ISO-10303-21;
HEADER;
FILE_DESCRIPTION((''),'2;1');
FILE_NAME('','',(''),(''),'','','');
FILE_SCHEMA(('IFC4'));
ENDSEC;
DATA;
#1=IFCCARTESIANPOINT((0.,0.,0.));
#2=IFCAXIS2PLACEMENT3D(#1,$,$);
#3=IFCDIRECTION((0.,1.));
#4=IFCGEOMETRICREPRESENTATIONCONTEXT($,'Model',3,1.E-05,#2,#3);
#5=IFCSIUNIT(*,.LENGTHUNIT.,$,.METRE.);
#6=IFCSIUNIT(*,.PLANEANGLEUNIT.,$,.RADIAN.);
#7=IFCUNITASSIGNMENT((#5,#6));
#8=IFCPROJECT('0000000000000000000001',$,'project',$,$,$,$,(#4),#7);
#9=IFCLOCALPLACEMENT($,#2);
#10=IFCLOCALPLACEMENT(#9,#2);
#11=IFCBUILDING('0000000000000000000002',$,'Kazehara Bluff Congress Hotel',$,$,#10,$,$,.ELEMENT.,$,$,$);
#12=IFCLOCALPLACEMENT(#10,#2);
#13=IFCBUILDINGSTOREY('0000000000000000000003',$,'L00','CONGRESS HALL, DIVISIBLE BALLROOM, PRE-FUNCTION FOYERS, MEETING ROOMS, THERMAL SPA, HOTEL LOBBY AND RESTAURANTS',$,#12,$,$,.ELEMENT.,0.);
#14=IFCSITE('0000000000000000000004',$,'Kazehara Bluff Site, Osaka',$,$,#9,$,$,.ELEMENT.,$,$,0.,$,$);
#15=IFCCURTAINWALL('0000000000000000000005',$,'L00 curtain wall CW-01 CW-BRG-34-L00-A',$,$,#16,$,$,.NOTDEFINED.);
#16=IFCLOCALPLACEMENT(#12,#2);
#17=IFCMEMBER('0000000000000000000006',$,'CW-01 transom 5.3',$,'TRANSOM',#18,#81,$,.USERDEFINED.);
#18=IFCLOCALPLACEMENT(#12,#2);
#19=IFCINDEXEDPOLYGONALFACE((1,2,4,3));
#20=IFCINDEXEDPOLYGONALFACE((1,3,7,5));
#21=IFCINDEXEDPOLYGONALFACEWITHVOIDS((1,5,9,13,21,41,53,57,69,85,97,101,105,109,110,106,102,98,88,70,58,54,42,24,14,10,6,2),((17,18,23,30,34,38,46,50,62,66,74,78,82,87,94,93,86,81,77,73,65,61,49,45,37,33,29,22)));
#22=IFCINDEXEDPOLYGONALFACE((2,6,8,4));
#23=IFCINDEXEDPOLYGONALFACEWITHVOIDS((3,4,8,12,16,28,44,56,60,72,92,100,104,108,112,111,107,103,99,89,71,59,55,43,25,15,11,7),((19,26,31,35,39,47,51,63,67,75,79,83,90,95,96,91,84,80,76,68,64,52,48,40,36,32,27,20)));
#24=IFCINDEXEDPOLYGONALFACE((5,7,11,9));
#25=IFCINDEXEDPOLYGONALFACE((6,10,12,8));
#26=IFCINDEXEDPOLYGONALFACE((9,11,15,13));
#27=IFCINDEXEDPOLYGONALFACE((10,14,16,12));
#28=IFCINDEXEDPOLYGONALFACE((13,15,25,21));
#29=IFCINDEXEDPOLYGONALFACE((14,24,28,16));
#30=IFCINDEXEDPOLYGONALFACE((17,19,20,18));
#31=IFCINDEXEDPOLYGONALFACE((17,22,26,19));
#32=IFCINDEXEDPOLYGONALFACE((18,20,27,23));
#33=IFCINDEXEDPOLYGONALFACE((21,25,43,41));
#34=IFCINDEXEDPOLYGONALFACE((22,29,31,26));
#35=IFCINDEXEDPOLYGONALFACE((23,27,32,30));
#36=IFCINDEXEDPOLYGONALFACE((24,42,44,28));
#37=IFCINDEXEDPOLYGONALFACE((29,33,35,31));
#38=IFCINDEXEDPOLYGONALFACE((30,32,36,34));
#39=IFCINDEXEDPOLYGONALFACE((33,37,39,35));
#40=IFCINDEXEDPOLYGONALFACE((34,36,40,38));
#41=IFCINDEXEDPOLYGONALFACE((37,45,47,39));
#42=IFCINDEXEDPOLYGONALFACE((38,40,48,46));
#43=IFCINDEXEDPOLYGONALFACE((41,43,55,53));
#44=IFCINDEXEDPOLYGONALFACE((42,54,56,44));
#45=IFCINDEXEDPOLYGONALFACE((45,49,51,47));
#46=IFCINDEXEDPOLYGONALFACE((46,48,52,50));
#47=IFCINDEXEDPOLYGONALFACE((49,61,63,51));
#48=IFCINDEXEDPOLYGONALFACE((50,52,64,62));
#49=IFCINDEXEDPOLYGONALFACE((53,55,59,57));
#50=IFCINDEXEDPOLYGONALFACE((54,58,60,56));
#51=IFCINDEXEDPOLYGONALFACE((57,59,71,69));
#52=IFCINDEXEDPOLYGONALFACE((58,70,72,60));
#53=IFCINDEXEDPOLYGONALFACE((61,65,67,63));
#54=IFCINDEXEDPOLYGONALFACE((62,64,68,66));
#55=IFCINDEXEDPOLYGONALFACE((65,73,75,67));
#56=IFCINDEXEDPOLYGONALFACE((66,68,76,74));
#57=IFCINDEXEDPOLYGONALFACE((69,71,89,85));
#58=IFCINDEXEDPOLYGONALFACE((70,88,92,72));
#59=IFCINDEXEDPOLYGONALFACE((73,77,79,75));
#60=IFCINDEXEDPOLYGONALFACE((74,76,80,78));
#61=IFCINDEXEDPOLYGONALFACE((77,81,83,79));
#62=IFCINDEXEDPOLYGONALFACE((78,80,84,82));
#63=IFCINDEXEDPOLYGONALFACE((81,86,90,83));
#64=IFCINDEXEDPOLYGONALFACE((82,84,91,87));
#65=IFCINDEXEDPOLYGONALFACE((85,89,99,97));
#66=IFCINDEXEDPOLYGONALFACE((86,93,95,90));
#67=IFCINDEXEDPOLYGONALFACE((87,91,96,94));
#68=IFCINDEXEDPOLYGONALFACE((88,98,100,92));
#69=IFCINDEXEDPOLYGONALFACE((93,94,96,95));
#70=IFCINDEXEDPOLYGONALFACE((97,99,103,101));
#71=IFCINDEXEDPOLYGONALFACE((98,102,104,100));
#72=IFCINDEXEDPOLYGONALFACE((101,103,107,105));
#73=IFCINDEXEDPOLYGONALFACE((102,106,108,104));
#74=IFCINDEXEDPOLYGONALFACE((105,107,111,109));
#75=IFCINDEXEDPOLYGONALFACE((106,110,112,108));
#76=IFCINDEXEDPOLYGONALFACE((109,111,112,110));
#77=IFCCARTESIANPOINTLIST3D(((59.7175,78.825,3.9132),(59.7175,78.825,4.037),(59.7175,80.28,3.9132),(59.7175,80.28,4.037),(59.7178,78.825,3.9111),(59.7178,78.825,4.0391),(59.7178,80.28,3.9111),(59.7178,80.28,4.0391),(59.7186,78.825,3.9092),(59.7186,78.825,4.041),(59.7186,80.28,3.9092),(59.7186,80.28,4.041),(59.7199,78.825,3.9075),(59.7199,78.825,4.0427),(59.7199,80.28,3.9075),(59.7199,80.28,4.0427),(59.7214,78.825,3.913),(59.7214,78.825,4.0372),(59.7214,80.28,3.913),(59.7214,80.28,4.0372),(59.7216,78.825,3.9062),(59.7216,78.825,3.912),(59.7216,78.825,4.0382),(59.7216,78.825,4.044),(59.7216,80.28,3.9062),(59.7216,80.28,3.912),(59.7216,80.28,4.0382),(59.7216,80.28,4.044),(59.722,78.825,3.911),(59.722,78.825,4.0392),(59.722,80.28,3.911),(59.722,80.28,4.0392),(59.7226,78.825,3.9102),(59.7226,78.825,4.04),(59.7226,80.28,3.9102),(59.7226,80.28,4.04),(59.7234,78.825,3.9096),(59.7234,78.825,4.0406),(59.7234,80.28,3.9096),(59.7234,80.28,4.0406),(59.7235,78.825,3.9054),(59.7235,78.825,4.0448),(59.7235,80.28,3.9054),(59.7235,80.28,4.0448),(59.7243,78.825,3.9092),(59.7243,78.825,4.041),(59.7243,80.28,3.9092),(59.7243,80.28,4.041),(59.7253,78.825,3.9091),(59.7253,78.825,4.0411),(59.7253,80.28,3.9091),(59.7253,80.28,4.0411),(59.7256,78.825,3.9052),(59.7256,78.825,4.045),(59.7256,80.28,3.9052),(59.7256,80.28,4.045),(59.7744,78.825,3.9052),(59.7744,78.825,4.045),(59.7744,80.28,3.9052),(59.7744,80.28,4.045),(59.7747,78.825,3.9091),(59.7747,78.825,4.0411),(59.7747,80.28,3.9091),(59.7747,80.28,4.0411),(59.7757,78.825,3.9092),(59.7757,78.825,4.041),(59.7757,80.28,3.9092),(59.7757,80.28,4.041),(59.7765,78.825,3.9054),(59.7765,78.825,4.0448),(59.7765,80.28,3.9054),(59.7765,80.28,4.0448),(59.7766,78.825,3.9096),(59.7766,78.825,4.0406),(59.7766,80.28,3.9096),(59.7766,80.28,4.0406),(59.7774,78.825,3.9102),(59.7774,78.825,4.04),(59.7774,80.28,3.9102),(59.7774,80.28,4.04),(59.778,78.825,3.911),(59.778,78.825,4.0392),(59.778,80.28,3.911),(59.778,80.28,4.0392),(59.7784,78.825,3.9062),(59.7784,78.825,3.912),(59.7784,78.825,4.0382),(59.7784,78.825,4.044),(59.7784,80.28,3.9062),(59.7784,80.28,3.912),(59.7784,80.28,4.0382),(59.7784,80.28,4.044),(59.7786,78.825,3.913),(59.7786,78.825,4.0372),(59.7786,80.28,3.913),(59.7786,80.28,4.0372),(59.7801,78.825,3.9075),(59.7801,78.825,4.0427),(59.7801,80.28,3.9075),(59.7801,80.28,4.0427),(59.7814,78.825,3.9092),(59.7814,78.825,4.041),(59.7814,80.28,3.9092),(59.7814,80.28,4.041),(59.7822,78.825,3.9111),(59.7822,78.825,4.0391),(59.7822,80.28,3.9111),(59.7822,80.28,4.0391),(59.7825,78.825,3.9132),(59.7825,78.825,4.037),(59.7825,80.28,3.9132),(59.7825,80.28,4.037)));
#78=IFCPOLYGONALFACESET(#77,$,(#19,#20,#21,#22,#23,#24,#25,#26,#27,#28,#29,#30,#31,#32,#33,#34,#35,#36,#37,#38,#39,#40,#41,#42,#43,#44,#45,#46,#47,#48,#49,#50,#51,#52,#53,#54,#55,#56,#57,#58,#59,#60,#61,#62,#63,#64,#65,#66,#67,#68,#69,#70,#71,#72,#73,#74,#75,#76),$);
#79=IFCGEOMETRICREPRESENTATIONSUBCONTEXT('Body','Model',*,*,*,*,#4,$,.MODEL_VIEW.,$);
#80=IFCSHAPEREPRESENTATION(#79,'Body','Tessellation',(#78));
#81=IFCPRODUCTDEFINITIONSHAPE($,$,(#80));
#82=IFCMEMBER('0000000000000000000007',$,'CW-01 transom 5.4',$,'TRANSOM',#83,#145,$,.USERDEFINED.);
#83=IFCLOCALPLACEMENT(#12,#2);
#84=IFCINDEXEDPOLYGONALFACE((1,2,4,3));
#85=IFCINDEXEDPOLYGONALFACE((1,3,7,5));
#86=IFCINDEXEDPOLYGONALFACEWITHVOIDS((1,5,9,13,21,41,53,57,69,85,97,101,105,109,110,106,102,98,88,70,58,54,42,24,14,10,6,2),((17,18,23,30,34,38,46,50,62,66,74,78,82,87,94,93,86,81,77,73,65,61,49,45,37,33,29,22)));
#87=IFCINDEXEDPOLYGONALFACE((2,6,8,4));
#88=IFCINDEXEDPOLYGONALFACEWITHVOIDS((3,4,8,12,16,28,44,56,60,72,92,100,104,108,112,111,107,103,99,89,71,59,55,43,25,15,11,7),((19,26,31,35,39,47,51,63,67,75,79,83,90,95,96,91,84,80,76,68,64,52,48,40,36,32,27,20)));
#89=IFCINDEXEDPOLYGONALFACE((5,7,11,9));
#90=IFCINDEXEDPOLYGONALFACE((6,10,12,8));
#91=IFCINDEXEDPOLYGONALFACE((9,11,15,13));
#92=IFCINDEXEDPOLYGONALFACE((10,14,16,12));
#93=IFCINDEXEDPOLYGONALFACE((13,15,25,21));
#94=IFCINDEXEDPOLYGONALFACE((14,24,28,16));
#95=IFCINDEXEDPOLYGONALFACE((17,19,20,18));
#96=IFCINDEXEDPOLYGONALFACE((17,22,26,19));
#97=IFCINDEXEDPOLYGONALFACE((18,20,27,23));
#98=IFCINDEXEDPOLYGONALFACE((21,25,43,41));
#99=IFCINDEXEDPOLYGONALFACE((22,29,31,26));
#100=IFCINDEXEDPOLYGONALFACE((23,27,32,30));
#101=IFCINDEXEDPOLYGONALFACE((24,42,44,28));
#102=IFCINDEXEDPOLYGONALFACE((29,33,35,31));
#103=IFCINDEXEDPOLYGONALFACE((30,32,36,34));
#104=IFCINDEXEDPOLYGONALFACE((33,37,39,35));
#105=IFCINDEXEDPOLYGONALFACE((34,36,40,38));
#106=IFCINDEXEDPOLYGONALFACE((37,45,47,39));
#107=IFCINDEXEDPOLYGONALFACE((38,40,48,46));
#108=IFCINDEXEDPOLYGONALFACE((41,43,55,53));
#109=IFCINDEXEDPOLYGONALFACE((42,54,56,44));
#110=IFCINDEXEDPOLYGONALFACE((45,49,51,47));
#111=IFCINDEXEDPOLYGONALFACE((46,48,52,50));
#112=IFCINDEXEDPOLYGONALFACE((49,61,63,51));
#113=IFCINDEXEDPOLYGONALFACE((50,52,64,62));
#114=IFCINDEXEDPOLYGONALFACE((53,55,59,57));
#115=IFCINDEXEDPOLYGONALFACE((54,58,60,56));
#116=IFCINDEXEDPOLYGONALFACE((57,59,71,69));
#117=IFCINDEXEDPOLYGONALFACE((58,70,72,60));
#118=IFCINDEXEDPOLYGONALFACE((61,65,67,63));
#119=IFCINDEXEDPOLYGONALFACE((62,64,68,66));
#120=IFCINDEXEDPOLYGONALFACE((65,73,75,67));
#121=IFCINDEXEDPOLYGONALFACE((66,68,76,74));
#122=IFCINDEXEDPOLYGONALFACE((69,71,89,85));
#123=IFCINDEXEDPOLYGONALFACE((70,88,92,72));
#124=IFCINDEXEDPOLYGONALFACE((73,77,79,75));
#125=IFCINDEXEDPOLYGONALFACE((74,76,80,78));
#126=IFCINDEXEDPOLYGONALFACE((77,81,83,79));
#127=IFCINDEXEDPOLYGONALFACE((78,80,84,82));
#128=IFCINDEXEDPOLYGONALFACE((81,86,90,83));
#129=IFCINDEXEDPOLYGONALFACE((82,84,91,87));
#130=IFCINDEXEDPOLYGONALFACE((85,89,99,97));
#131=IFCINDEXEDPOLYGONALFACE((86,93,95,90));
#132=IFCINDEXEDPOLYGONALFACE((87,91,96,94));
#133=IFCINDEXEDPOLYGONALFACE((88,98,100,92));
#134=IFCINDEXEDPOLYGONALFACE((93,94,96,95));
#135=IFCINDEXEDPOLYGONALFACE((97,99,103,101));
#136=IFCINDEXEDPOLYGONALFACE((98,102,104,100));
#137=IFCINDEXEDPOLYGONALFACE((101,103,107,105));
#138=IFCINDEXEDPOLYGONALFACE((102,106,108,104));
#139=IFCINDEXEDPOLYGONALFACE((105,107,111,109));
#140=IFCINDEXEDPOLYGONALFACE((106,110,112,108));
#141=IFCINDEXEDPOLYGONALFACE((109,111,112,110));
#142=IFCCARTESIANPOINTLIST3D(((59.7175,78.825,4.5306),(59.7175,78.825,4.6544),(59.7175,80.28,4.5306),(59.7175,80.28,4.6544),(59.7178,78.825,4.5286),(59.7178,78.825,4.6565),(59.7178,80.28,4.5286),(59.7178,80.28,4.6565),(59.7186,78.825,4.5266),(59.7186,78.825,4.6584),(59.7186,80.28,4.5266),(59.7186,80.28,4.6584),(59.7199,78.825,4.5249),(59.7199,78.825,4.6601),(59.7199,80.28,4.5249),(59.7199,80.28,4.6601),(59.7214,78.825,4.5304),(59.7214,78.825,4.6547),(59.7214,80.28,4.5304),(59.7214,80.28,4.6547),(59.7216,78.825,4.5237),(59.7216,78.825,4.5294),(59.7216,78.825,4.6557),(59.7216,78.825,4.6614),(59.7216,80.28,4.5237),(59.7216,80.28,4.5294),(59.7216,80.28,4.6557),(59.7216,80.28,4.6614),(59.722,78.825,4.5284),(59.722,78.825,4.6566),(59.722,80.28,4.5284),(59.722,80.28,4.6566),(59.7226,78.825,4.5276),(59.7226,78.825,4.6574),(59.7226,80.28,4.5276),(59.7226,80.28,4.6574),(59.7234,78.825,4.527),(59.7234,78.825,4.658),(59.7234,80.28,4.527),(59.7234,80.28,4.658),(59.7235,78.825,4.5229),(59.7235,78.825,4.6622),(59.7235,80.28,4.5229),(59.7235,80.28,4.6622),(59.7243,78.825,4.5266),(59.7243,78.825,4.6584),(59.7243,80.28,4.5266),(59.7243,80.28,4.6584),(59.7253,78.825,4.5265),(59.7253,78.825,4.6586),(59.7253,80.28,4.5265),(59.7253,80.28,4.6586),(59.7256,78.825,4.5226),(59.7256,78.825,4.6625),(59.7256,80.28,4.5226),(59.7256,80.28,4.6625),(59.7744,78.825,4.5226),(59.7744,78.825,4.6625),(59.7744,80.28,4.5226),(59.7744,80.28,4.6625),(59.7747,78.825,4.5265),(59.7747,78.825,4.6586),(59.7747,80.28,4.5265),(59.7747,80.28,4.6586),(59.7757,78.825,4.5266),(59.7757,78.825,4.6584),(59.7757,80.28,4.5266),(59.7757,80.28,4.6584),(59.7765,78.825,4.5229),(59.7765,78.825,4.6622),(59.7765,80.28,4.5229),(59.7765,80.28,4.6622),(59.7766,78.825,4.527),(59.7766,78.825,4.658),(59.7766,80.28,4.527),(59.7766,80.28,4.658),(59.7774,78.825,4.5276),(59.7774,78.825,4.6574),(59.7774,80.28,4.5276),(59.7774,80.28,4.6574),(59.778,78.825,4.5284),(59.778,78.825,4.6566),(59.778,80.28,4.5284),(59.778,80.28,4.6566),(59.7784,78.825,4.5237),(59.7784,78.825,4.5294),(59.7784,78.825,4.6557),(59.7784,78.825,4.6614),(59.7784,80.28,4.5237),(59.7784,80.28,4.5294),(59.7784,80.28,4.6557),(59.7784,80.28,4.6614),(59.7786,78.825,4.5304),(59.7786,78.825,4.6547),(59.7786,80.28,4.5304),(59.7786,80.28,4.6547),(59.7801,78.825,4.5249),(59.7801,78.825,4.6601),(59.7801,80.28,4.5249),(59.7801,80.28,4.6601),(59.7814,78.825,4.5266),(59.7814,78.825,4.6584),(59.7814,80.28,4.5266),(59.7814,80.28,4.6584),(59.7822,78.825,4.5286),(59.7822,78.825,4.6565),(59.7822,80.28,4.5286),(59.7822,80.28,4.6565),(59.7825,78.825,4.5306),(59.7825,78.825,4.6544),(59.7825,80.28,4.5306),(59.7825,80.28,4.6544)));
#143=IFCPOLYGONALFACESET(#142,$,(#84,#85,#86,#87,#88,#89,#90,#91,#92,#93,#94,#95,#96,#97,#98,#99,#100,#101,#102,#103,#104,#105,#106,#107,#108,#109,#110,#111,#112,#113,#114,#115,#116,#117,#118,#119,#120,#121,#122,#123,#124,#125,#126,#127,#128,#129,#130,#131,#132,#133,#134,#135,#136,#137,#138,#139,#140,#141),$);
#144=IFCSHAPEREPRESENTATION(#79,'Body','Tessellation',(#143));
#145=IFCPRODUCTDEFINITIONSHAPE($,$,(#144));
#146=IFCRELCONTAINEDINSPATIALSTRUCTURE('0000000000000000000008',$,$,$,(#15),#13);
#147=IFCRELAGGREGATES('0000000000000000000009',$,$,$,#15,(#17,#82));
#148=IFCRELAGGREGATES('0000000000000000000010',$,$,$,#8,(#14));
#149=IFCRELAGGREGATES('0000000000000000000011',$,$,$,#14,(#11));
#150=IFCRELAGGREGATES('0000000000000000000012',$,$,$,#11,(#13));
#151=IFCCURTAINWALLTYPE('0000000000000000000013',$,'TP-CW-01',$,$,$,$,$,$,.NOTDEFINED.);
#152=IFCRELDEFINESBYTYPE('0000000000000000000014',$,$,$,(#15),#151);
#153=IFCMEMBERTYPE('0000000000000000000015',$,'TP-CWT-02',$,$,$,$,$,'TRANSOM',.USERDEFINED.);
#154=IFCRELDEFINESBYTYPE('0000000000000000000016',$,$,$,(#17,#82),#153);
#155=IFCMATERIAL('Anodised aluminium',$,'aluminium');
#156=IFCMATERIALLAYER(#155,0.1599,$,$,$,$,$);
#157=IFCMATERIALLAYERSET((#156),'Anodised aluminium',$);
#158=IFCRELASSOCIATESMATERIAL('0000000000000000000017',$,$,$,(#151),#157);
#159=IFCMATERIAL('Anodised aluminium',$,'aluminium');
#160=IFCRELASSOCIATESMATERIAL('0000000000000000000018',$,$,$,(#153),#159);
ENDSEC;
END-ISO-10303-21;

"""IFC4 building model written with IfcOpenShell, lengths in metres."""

from ifc_helpers import new_model, si_unit, direction, frame, origin, origin_2d, place, context, subcontext, project, spatial, hollow_rectangle, extrude, material, layer, layer_set, material_profile, profile_set, type_object, element, aggregate, save


model = new_model("IFC4")

# Units and contexts
model_context = context("Model", 3, precision=1e-05, world=origin(), true_north=direction((0.0, 1.0)))
body_context = subcontext(model_context, "Body", "Model", "MODEL_VIEW")
ifc_project = project(units=[si_unit("LENGTHUNIT", "METRE"), si_unit("PLANEANGLEUNIT", "RADIAN")], contexts=[model_context])

# Site, building, storey
site_placement = place(None, origin())
site = spatial("IfcSite", under=ifc_project, at=site_placement, Name="Kazehara Bluff Site, Osaka", CompositionType="ELEMENT", RefElevation=0.0)
building_placement = place(site_placement, origin())
building = spatial("IfcBuilding", under=site, at=building_placement, Name="Kazehara Bluff Congress Hotel", CompositionType="ELEMENT")
storey_placement = place(building_placement, origin())
storey = spatial("IfcBuildingStorey", under=building, at=storey_placement, Name="L00", Description="CONGRESS HALL, DIVISIBLE BALLROOM, PRE-FUNCTION FOYERS, MEETING ROOMS, THERMAL SPA, HOTEL LOBBY AND RESTAURANTS", CompositionType="ELEMENT", Elevation=0.0)

# Curtain wall
ifc_material_1 = material(Name="Anodised aluminium", Category="aluminium")
ifc_layer_1 = layer(ifc_material_1, 0.1599)
ifc_layer_set_1 = layer_set([ifc_layer_1], Name="Anodised aluminium")
curtain_wall_type_1 = type_object("IfcCurtainWallType", Name="TP-CW-01", PredefinedType="NOTDEFINED", material=ifc_layer_set_1)
curtain_wall_1_placement = place(storey_placement, origin())
curtain_wall_1 = element("IfcCurtainWall", 1, at=curtain_wall_1_placement, inside=storey, type_object=curtain_wall_type_1, Name="L00 curtain wall CW-01 CW-BRG-34-L00-A", PredefinedType="NOTDEFINED")

# Members
ifc_material_2 = material(Name="Anodised aluminium", Category="aluminium")
ifc_material_profile_1 = material_profile(ifc_material_2, hollow_rectangle(XDim=0.0649, YDim=0.1399, WallThickness=0.0039, InnerFilletRadius=0.0039, OuterFilletRadius=0.0081, at=origin_2d()))
ifc_profile_set_1 = profile_set([ifc_material_profile_1], Name="Anodised aluminium")
member_type_1 = type_object("IfcMemberType", Name="TP-CWT-02", ElementType="TRANSOM", PredefinedType="USERDEFINED", material=ifc_profile_set_1)
member_1_placement = place(storey_placement, frame((59.75, 78.825, 3.9751), z_axis=(0.0, 1.0, 0.0), x_axis=(-1.0, 0.0, 0.0)))
member_1 = element("IfcMember", 2, at=member_1_placement, type_object=member_type_1, Name="CW-01 transom 5.3", ObjectType="TRANSOM", PredefinedType="USERDEFINED", context=body_context, shape_type="SweptSolid", body=[
    extrude(hollow_rectangle(XDim=0.0649, YDim=0.1399, WallThickness=0.0039, InnerFilletRadius=0.0039, OuterFilletRadius=0.0081, at=origin_2d()), origin(), (0.0, 0.0, 1.0), 1.4551),
])
member_2_placement = place(storey_placement, frame((59.75, 78.825, 4.5925), z_axis=(0.0, 1.0, 0.0), x_axis=(-1.0, 0.0, 0.0)))
member_2 = element("IfcMember", 3, at=member_2_placement, type_object=member_type_1, Name="CW-01 transom 5.4", ObjectType="TRANSOM", PredefinedType="USERDEFINED", context=body_context, shape_type="SweptSolid", body=[
    extrude(hollow_rectangle(XDim=0.0649, YDim=0.1399, WallThickness=0.0039, InnerFilletRadius=0.0039, OuterFilletRadius=0.0081, at=origin_2d()), origin(), (0.0, 0.0, 1.0), 1.4551),
])

aggregate(curtain_wall_1, [member_1, member_2])

save(model, "model.ifc")
